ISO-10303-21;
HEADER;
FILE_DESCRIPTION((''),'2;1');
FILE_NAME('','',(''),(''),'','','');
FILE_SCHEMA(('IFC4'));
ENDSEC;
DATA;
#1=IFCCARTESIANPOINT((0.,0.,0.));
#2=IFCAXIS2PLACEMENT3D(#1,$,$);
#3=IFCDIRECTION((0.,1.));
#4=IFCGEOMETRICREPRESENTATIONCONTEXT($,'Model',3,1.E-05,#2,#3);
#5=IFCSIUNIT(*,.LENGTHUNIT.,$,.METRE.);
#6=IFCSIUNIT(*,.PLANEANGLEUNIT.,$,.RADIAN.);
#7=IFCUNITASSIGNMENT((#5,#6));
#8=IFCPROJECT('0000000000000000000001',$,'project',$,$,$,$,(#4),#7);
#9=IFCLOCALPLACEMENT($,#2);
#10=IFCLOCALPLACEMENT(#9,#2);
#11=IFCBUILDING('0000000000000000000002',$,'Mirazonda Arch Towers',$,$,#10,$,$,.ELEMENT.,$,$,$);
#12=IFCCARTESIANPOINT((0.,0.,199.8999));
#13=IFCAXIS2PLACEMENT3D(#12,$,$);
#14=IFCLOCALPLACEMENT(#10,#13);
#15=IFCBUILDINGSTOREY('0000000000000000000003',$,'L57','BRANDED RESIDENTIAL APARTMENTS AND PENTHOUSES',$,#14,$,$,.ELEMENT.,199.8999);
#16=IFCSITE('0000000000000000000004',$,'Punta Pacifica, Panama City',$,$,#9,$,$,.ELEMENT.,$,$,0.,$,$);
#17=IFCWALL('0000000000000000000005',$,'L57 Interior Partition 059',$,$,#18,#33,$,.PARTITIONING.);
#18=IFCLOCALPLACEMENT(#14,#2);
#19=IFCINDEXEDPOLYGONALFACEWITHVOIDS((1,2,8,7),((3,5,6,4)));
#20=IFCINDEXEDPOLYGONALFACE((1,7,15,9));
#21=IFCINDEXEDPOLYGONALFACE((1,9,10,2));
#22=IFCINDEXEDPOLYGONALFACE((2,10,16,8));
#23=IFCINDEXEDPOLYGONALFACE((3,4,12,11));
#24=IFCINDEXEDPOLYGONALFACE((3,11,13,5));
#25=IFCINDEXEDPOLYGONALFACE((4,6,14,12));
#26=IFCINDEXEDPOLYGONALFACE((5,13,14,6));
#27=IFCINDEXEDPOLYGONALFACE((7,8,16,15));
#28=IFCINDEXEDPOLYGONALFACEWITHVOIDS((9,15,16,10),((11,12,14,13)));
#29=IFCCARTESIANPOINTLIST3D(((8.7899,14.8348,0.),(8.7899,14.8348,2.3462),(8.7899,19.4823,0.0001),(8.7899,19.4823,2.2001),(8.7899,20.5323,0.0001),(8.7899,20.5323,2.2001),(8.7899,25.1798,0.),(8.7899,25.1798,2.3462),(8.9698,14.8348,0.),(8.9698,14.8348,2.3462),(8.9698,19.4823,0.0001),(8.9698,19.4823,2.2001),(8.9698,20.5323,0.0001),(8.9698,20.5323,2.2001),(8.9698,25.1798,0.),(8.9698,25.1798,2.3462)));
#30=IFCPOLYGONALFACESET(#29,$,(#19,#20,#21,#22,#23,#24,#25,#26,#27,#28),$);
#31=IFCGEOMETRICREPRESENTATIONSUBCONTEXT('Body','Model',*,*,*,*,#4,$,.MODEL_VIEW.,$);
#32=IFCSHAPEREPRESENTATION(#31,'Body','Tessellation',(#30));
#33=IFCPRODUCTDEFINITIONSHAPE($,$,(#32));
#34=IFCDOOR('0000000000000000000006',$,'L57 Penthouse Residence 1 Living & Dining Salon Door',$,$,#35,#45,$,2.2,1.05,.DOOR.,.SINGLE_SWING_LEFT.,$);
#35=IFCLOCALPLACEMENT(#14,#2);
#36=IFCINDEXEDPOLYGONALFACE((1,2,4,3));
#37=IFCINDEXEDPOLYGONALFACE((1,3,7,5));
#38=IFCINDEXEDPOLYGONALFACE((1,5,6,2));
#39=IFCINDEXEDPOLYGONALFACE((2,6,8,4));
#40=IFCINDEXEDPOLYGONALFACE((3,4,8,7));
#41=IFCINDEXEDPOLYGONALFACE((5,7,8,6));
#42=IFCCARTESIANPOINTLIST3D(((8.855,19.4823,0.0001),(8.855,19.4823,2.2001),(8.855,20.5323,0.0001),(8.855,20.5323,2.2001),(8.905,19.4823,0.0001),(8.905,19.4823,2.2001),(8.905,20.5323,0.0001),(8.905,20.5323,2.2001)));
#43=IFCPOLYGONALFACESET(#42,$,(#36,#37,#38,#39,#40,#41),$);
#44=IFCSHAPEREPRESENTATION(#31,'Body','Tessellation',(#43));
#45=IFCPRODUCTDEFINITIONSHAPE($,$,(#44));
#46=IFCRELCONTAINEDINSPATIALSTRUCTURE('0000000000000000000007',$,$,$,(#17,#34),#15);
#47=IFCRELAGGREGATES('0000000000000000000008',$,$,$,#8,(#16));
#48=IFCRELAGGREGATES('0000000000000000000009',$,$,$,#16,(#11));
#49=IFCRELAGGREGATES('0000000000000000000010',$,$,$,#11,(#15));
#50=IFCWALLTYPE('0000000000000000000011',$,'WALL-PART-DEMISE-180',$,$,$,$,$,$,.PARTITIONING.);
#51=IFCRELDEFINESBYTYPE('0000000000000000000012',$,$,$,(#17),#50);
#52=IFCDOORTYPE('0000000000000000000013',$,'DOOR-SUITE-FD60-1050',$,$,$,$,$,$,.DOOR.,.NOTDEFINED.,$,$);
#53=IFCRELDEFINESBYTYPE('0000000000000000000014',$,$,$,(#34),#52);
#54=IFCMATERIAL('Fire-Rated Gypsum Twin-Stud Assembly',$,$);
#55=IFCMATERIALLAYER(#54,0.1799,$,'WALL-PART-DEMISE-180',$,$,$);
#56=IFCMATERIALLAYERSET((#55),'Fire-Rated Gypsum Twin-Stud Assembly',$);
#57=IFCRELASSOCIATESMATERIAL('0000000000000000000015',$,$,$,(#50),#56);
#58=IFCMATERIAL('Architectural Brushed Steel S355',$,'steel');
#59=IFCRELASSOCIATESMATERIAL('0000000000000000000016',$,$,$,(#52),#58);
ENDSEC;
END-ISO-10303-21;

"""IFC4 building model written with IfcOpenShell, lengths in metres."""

from ifc_helpers import new_model, si_unit, direction, frame, frame_2d, origin, place, context, subcontext, project, spatial, rectangle, extrude, material, layer, layer_set, type_object, element, fill, save


model = new_model("IFC4")

# Units and contexts
model_context = context("Model", 3, precision=1e-05, world=origin(), true_north=direction((0.0, 1.0)))
body_context = subcontext(model_context, "Body", "Model", "MODEL_VIEW")
ifc_project = project(units=[si_unit("LENGTHUNIT", "METRE"), si_unit("PLANEANGLEUNIT", "RADIAN")], contexts=[model_context])

# Site, building, storey
site_placement = place(None, origin())
site = spatial("IfcSite", under=ifc_project, at=site_placement, Name="Punta Pacifica, Panama City", CompositionType="ELEMENT", RefElevation=0.0)
building_placement = place(site_placement, origin())
building = spatial("IfcBuilding", under=site, at=building_placement, Name="Mirazonda Arch Towers", CompositionType="ELEMENT")
storey_placement = place(building_placement, frame((0.0, 0.0, 199.8999)))
storey = spatial("IfcBuildingStorey", under=building, at=storey_placement, Name="L57", Description="BRANDED RESIDENTIAL APARTMENTS AND PENTHOUSES", CompositionType="ELEMENT", Elevation=199.8999)

# Shared definitions
ifc_material_1 = material(Name="Architectural Brushed Steel S355", Category="steel")

# Wall, opening, door
ifc_material_2 = material(Name="Fire-Rated Gypsum Twin-Stud Assembly")
ifc_layer_1 = layer(ifc_material_2, 0.1799, Name="WALL-PART-DEMISE-180")
ifc_layer_set_1 = layer_set([ifc_layer_1], Name="Fire-Rated Gypsum Twin-Stud Assembly")
wall_type_1 = type_object("IfcWallType", Name="WALL-PART-DEMISE-180", PredefinedType="PARTITIONING", material=ifc_layer_set_1)
wall_1_placement = place(storey_placement, frame((8.8799, 14.835, 0.0), z_axis=(0.0, 0.0, 1.0), x_axis=(0.0, 1.0, 0.0)))
wall_1 = element("IfcWall", 1, at=wall_1_placement, inside=storey, type_object=wall_type_1, Name="L57 Interior Partition 059", PredefinedType="PARTITIONING", context=body_context, shape_type="SweptSolid", body=[
    extrude(rectangle(XDim=10.345, YDim=0.1799, at=frame_2d((5.1724, 0.0))), origin(), (0.0, 0.0, 1.0), 2.3462),
])
opening_1_placement = place(wall_1_placement, frame((4.6475, 0.0, 0.0)))
opening_1 = element("IfcOpeningElement", 2, at=opening_1_placement, cuts=wall_1, PredefinedType="OPENING", context=body_context, shape_type="SweptSolid", body=[
    extrude(rectangle(XDim=1.05, YDim=2.2, at=frame_2d((0.5249, 1.1001))), frame((0.0, 0.0999, 0.0), z_axis=(0.0, -1.0, 0.0), x_axis=(1.0, 0.0, 0.0)), (0.0, 0.0, 1.0), 0.2),
])
door_type_1 = type_object("IfcDoorType", Name="DOOR-SUITE-FD60-1050", OperationType="NOTDEFINED", PredefinedType="DOOR", material=ifc_material_1)
door_1_placement = place(opening_1_placement, origin())
door_1 = element("IfcDoor", 3, at=door_1_placement, inside=storey, type_object=door_type_1, Name="L57 Penthouse Residence 1 Living & Dining Salon Door", OperationType="SINGLE_SWING_LEFT", OverallHeight=2.2, OverallWidth=1.05, PredefinedType="DOOR", context=body_context, shape_type="SweptSolid", body=[
    extrude(rectangle(XDim=1.05, YDim=2.2, at=frame_2d((0.5249, 1.1001))), frame((0.0, 0.0249, 0.0), z_axis=(0.0, -1.0, 0.0), x_axis=(1.0, 0.0, 0.0)), (0.0, 0.0, 1.0), 0.05),
])
fill(opening_1, door_1)

save(model, "model.ifc")
